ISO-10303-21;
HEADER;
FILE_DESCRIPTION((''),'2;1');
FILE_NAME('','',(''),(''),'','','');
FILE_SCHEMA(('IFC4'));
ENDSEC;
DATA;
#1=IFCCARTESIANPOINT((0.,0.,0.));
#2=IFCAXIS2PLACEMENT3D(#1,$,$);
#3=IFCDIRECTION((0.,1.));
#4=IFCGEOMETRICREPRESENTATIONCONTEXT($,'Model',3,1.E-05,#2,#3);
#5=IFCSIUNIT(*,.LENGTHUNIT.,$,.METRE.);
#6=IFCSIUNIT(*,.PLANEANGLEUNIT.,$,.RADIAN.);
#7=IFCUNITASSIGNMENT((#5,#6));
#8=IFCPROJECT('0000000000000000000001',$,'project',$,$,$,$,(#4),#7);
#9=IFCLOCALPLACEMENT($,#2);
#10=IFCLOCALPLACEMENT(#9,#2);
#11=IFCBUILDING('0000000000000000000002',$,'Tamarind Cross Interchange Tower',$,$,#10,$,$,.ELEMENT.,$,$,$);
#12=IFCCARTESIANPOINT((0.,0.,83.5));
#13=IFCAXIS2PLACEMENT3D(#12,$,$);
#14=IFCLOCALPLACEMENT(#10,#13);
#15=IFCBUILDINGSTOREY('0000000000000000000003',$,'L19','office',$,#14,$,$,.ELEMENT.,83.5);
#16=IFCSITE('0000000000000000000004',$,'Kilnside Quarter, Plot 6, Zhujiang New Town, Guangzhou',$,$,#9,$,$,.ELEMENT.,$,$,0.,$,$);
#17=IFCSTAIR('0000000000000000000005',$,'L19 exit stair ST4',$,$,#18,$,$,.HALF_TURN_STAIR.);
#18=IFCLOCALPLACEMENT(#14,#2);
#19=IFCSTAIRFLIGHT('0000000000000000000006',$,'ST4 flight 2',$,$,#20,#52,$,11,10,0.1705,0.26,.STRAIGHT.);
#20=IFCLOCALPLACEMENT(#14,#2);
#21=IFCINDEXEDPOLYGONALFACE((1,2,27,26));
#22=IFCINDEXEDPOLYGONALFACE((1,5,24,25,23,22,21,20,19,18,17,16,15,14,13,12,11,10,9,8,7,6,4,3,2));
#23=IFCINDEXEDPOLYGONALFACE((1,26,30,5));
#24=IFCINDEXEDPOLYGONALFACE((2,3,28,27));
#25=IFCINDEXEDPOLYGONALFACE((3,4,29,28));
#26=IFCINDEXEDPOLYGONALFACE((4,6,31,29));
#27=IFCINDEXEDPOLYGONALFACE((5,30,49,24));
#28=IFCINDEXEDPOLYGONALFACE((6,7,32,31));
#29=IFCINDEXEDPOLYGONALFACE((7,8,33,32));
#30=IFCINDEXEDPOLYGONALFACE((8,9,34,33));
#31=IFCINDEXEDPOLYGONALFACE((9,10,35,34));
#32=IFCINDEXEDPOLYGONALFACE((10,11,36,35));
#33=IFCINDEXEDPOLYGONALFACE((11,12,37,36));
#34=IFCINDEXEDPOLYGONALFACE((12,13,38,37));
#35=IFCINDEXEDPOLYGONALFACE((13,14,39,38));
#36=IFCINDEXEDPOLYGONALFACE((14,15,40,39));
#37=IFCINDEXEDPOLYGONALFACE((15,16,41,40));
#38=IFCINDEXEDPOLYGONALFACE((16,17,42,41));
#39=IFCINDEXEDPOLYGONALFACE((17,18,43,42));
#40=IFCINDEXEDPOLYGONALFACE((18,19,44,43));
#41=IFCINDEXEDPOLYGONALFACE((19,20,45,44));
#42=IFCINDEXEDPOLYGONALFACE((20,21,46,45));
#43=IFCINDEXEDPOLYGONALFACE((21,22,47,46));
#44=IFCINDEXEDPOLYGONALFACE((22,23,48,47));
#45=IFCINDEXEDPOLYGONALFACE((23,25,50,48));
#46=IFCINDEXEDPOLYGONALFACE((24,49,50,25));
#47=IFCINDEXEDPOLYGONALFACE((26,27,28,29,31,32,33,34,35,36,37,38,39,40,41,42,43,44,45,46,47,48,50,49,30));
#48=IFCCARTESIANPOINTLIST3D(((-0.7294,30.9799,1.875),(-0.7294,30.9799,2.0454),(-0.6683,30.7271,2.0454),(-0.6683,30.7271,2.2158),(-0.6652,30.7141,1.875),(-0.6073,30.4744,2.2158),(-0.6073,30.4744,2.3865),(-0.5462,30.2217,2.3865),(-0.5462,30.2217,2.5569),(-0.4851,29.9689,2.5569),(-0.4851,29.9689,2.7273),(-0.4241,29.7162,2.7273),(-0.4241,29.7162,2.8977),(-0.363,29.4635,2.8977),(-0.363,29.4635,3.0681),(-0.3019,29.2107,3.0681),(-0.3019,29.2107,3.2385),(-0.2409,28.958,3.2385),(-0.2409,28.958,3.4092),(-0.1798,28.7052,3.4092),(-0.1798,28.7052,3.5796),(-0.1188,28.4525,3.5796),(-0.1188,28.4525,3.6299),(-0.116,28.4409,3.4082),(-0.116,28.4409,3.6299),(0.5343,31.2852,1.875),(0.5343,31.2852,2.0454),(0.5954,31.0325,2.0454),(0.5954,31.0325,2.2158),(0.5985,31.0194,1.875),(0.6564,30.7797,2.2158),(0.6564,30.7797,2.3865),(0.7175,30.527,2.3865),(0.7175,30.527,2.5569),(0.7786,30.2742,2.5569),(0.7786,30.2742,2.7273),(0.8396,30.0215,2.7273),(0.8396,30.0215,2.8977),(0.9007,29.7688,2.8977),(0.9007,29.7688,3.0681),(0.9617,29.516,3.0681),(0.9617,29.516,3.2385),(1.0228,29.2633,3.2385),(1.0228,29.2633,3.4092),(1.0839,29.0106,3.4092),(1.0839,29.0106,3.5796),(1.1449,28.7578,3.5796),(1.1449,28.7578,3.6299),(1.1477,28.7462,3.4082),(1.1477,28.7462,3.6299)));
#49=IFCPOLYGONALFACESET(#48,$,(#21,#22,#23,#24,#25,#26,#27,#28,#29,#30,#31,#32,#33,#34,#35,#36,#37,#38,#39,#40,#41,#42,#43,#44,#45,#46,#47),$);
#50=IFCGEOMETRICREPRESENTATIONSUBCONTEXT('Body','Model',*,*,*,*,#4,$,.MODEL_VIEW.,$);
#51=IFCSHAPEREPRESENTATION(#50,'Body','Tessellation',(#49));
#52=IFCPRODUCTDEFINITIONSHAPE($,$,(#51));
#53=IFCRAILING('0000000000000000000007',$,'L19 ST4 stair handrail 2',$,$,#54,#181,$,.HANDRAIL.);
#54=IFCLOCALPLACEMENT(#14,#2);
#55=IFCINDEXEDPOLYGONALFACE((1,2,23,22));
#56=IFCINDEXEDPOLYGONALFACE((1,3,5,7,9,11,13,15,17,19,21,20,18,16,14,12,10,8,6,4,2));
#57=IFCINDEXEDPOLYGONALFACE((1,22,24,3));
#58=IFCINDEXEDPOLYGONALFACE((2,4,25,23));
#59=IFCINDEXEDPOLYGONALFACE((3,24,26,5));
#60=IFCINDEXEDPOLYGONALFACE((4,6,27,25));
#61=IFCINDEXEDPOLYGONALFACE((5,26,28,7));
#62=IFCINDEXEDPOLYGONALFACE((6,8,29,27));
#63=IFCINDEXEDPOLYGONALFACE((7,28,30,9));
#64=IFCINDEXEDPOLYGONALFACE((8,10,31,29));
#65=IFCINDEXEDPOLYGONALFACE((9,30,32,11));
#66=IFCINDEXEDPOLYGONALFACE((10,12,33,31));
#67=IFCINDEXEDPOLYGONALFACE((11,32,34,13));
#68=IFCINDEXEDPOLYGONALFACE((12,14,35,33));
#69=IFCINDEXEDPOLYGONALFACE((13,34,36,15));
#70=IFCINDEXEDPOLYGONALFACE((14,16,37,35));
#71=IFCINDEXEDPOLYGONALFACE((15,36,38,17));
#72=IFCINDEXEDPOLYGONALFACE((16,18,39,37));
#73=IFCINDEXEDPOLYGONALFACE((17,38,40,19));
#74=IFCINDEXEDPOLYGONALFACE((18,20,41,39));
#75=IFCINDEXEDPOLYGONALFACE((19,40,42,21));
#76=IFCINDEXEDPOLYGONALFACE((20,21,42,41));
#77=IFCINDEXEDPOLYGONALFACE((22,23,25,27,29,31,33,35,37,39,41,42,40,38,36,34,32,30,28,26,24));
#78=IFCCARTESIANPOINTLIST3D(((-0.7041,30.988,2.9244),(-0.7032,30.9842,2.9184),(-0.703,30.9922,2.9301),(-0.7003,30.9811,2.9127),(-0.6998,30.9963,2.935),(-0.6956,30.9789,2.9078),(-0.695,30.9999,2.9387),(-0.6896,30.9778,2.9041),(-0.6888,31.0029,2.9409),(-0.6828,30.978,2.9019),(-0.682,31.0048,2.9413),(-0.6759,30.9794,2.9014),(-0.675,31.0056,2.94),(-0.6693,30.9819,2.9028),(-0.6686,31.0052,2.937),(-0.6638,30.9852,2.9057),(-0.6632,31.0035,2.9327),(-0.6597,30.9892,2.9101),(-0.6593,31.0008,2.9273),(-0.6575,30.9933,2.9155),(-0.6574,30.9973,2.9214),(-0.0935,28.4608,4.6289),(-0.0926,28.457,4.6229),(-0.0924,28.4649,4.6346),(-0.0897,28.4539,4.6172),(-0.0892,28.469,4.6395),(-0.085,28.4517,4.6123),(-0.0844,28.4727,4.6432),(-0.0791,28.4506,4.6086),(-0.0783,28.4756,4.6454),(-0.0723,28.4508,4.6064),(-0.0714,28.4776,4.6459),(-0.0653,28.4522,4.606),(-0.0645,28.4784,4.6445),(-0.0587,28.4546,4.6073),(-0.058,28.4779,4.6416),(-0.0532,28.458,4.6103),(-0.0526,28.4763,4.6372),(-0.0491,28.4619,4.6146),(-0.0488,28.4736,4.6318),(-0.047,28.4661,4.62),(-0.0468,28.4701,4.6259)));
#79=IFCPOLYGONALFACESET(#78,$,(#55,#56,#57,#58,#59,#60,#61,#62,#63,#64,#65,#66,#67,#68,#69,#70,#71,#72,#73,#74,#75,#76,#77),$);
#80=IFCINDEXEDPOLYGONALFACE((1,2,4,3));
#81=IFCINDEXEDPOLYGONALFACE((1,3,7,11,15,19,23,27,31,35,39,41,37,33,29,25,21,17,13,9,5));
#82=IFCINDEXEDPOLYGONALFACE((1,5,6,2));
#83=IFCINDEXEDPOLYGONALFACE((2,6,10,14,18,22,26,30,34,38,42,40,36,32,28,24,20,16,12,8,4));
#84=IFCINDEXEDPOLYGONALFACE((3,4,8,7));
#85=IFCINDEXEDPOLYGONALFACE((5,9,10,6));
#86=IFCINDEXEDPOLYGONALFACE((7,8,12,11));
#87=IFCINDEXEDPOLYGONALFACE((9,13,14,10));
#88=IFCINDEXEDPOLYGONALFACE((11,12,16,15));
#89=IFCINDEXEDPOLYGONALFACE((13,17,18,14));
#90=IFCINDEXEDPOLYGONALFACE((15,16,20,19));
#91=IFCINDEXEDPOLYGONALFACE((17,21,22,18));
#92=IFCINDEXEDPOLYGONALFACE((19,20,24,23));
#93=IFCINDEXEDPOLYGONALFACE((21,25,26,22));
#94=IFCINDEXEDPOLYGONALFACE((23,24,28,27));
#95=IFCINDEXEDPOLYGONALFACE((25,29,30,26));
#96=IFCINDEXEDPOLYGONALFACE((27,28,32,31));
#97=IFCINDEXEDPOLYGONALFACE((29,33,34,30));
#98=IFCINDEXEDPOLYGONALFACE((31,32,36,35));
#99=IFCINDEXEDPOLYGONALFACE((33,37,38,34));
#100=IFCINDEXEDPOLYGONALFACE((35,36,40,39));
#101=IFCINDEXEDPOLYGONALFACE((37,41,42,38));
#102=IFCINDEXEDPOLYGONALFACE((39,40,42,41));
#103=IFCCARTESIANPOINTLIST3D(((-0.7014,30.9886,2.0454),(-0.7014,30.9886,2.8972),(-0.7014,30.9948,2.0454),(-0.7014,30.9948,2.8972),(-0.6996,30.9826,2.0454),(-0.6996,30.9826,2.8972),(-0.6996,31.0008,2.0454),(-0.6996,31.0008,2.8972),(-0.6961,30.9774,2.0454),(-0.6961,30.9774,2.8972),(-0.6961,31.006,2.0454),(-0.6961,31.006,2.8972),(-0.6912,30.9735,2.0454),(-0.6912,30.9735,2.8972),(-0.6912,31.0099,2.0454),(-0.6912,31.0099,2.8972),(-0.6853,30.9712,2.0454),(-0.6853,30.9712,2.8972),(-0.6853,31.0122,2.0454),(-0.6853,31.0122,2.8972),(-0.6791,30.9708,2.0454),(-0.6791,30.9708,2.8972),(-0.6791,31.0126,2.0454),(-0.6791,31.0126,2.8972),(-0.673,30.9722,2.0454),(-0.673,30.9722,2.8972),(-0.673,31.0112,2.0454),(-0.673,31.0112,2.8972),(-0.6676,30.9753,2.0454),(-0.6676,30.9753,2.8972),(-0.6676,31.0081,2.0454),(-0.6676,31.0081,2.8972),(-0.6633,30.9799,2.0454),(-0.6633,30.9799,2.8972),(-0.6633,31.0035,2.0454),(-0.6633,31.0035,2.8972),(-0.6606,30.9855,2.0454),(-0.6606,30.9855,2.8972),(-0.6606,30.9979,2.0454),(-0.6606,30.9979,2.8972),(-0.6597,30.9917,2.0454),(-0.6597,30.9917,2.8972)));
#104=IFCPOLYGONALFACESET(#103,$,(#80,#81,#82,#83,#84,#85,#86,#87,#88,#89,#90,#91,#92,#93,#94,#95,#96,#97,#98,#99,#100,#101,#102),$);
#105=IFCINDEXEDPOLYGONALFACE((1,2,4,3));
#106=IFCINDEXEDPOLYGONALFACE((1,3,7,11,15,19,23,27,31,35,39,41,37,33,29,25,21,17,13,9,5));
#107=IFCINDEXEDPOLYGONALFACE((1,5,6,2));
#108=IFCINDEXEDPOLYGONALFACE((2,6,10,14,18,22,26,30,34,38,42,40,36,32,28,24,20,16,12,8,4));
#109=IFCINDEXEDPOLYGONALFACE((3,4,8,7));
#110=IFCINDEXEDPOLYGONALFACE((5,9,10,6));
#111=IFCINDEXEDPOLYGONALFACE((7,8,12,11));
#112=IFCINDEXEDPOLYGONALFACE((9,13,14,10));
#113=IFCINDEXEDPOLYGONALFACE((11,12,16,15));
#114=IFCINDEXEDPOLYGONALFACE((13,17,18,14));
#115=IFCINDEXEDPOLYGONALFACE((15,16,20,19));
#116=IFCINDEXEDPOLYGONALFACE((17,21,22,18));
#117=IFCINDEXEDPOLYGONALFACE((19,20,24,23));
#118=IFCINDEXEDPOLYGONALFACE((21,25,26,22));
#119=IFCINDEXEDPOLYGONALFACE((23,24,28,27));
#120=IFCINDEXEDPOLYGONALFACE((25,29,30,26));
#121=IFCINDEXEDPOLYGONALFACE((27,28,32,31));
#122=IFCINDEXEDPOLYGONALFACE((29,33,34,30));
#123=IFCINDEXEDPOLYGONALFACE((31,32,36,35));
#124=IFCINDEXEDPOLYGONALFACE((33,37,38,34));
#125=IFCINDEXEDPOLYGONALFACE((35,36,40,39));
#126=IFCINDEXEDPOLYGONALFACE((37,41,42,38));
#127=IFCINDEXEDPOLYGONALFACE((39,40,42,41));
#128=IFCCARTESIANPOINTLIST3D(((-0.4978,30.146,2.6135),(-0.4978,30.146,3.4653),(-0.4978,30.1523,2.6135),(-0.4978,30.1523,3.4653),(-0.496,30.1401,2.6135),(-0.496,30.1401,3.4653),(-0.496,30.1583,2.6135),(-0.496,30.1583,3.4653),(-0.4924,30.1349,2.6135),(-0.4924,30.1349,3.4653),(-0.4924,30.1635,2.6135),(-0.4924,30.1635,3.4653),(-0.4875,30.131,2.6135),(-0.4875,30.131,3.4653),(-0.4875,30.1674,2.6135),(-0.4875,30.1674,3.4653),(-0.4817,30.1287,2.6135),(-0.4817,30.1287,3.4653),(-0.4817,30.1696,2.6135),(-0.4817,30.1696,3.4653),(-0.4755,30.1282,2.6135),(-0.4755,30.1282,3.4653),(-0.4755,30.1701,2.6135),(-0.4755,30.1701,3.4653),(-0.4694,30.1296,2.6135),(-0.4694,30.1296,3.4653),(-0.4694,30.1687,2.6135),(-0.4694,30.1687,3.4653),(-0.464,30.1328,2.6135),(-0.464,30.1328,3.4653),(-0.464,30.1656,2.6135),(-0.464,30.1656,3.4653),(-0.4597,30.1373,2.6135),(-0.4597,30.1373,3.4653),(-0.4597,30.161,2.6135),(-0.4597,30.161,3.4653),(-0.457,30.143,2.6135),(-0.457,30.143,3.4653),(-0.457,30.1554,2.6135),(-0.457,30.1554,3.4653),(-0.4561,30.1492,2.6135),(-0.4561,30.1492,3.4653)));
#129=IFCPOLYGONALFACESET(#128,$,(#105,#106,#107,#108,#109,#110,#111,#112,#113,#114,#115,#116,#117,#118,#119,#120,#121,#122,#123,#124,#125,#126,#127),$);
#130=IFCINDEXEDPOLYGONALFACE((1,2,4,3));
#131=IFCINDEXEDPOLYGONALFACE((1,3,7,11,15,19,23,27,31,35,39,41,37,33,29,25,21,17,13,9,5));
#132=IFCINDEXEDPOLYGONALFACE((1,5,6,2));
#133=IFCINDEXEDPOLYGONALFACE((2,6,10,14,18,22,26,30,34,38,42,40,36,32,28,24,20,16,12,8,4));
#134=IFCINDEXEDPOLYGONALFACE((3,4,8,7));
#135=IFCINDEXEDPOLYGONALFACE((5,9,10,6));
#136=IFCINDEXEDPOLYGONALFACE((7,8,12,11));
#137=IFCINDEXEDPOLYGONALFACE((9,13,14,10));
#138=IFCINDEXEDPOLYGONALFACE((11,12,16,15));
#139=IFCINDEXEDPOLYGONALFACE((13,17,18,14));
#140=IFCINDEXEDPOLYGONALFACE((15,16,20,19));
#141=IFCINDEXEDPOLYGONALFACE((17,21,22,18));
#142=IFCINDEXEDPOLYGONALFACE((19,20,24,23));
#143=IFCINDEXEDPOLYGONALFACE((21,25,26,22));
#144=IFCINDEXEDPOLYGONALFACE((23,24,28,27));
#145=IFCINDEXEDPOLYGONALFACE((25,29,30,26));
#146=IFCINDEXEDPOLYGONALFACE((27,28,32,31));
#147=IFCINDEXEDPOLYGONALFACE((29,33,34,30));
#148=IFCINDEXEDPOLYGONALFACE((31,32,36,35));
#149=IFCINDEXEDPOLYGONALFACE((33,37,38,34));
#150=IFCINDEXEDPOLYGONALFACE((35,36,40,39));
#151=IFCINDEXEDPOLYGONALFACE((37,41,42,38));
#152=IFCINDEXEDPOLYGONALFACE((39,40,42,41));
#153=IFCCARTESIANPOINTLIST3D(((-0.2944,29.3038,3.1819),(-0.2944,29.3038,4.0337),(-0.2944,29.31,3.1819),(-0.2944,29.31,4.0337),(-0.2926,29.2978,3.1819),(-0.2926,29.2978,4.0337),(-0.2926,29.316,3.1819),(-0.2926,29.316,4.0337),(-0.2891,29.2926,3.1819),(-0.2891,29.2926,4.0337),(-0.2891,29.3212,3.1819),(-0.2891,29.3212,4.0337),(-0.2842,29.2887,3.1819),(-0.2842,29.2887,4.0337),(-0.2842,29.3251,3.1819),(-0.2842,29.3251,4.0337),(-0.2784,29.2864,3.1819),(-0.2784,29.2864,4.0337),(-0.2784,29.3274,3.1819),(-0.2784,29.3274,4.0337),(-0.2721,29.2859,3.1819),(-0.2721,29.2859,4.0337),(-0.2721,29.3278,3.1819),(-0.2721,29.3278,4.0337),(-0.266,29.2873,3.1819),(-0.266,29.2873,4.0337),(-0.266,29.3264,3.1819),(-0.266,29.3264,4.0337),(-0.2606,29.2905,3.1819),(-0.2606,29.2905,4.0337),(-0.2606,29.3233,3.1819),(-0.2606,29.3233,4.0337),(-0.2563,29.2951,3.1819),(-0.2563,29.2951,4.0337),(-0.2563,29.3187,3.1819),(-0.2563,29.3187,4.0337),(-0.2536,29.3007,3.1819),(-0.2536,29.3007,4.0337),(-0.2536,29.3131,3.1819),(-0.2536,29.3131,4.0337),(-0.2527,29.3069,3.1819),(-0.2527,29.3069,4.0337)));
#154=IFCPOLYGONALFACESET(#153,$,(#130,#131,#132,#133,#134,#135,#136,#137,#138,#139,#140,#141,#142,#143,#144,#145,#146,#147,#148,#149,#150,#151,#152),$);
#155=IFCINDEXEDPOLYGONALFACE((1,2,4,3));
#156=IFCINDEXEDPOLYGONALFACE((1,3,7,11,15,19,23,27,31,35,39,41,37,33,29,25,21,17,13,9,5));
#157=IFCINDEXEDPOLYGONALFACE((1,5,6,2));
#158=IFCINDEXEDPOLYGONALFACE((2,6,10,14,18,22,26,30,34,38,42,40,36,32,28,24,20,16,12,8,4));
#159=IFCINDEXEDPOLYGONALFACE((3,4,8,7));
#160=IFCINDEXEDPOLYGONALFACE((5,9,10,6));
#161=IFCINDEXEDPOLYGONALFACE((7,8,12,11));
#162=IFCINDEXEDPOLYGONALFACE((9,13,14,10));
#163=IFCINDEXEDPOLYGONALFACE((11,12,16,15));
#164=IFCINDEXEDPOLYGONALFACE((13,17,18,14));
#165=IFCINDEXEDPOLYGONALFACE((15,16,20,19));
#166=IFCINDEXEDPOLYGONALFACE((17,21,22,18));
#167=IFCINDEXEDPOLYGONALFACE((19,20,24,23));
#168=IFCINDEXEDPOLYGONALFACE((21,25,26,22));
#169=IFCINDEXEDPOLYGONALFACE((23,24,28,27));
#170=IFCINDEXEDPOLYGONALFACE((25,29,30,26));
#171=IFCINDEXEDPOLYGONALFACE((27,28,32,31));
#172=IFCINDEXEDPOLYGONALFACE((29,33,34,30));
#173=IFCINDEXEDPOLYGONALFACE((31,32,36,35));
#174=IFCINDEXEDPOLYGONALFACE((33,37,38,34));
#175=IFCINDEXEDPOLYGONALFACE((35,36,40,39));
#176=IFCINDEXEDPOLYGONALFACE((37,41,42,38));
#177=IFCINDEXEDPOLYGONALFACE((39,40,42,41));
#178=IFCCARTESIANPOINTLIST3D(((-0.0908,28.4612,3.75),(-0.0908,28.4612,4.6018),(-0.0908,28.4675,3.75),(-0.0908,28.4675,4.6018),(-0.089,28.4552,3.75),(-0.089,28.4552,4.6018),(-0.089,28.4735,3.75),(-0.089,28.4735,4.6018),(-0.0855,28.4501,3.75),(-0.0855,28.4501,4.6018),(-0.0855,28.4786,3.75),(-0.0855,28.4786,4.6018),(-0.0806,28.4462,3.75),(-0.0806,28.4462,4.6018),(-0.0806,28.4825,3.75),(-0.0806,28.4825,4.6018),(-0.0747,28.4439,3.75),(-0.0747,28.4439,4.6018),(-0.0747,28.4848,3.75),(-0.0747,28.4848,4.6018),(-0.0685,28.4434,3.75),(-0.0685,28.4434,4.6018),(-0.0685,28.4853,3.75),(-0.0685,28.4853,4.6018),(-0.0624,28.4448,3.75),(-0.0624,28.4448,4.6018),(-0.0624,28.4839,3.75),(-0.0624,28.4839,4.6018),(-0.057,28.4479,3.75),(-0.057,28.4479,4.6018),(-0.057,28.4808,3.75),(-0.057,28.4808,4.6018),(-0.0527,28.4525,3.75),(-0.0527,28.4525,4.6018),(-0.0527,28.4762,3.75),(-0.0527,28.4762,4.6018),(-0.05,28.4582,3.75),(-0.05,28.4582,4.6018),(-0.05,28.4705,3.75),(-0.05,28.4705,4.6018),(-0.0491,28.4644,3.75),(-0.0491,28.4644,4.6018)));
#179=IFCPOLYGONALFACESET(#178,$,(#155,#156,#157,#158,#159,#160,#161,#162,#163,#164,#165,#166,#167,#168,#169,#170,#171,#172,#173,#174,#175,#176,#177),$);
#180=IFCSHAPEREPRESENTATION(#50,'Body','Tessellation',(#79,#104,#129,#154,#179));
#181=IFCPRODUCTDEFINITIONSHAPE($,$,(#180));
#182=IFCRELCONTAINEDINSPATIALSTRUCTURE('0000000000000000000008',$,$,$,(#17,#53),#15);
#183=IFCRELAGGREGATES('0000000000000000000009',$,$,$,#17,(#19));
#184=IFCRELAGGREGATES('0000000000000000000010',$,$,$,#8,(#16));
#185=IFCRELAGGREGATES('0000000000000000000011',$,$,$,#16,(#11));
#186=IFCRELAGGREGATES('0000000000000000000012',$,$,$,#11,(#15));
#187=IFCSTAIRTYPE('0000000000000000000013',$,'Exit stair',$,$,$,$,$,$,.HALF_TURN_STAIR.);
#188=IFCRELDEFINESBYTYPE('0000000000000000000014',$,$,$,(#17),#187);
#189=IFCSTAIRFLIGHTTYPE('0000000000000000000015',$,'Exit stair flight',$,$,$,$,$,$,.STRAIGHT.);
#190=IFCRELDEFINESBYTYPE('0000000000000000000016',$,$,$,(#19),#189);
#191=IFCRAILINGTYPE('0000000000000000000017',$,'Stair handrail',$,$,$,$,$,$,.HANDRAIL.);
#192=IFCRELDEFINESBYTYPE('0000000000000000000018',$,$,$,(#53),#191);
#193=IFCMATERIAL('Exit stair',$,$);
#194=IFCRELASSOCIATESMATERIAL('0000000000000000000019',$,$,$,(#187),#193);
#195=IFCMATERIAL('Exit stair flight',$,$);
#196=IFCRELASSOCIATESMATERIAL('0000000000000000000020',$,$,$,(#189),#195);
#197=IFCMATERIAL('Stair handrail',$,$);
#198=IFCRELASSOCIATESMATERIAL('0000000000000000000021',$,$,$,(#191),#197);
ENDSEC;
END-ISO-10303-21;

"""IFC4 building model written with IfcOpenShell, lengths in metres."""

from ifc_helpers import new_model, si_unit, direction, frame, origin, origin_2d, place, context, subcontext, project, spatial, polyline, circle, outline, extrude, material, type_object, element, aggregate, save


model = new_model("IFC4")

# Units and contexts
model_context = context("Model", 3, precision=1e-05, world=origin(), true_north=direction((0.0, 1.0)))
body_context = subcontext(model_context, "Body", "Model", "MODEL_VIEW")
ifc_project = project(units=[si_unit("LENGTHUNIT", "METRE"), si_unit("PLANEANGLEUNIT", "RADIAN")], contexts=[model_context])

# Site, building, storey
site_placement = place(None, origin())
site = spatial("IfcSite", under=ifc_project, at=site_placement, Name="Kilnside Quarter, Plot 6, Zhujiang New Town, Guangzhou", CompositionType="ELEMENT", RefElevation=0.0)
building_placement = place(site_placement, origin())
building = spatial("IfcBuilding", under=site, at=building_placement, Name="Tamarind Cross Interchange Tower", CompositionType="ELEMENT")
storey_placement = place(building_placement, frame((0.0, 0.0, 83.5)))
storey = spatial("IfcBuildingStorey", under=building, at=storey_placement, Name="L19", Description="office", CompositionType="ELEMENT", Elevation=83.5)

# Stair, stair flight
ifc_material_1 = material(Name="Exit stair")
stair_type = type_object("IfcStairType", Name="Exit stair", PredefinedType="HALF_TURN_STAIR", material=ifc_material_1)
stair_placement = place(storey_placement, origin())
stair = element("IfcStair", 1, at=stair_placement, inside=storey, type_object=stair_type, Name="L19 exit stair ST4", PredefinedType="HALF_TURN_STAIR")
ifc_material_2 = material(Name="Exit stair flight")
stair_flight_type = type_object("IfcStairFlightType", Name="Exit stair flight", PredefinedType="STRAIGHT", material=ifc_material_2)
stair_flight_placement = place(storey_placement, frame((-0.0974, 31.1326, 1.875), z_axis=(0.0, 0.0, 1.0), x_axis=(0.234844, -0.972033, 0.0)))
stair_flight = element("IfcStairFlight", 2, at=stair_flight_placement, type_object=stair_flight_type, Name="ST4 flight 2", NumberOfRisers=11, NumberOfTreads=10, PredefinedType="STRAIGHT", RiserHeight=0.1705, TreadLength=0.26, context=body_context, shape_type="SweptSolid", body=[
    extrude(outline(polyline([(0.0, 0.0), (0.0, 0.1704), (0.26, 0.1704), (0.26, 0.3408), (0.52, 0.3408), (0.52, 0.5115), (0.78, 0.5115), (0.78, 0.6819), (1.04, 0.6819), (1.04, 0.8523), (1.3, 0.8523), (1.3, 1.0227), (1.5601, 1.0227), (1.5601, 1.1931), (1.8201, 1.1931), (1.8201, 1.3635), (2.0801, 1.3635), (2.0801, 1.5342), (2.3401, 1.5342), (2.3401, 1.7046), (2.6001, 1.7046), (2.6001, 1.7549), (2.6121, 1.7549), (2.6121, 1.5332), (0.2734, 0.0), (0.0, 0.0)])), frame((0.0, 0.6499, 0.0), z_axis=(0.0, -1.0, 0.0), x_axis=(1.0, 0.0, 0.0)), (0.0, 0.0, 1.0), 1.3),
])
aggregate(stair, [stair_flight])

# Railing
ifc_material_3 = material(Name="Stair handrail")
railing_type = type_object("IfcRailingType", Name="Stair handrail", PredefinedType="HANDRAIL", material=ifc_material_3)
railing_placement = place(storey_placement, frame((-0.6807, 30.9917, 2.0454)))
element("IfcRailing", 3, at=railing_placement, inside=storey, type_object=railing_type, Name="L19 ST4 stair handrail 2", PredefinedType="HANDRAIL", context=body_context, shape_type="SweptSolid", body=[
    extrude(circle(Radius=0.0239, at=origin_2d()), frame((0.0, 0.0, 0.876), z_axis=(0.196396, -0.81291, 0.548275), x_axis=(0.972034, 0.234839, 0.0)), (0.0, 0.0, 1.0), 3.1089),
    extrude(circle(Radius=0.021, at=origin_2d()), origin(), (0.0, 0.0, 1.0), 0.8518),
    extrude(circle(Radius=0.021, at=origin_2d()), frame((0.2036, -0.8425, 0.5681)), (0.0, 0.0, 1.0), 0.8518),
    extrude(circle(Radius=0.021, at=origin_2d()), frame((0.407, -1.6848, 1.1365)), (0.0, 0.0, 1.0), 0.8518),
    extrude(circle(Radius=0.021, at=origin_2d()), frame((0.6106, -2.5273, 1.7046)), (0.0, 0.0, 1.0), 0.8518),
])

save(model, "model.ifc")
